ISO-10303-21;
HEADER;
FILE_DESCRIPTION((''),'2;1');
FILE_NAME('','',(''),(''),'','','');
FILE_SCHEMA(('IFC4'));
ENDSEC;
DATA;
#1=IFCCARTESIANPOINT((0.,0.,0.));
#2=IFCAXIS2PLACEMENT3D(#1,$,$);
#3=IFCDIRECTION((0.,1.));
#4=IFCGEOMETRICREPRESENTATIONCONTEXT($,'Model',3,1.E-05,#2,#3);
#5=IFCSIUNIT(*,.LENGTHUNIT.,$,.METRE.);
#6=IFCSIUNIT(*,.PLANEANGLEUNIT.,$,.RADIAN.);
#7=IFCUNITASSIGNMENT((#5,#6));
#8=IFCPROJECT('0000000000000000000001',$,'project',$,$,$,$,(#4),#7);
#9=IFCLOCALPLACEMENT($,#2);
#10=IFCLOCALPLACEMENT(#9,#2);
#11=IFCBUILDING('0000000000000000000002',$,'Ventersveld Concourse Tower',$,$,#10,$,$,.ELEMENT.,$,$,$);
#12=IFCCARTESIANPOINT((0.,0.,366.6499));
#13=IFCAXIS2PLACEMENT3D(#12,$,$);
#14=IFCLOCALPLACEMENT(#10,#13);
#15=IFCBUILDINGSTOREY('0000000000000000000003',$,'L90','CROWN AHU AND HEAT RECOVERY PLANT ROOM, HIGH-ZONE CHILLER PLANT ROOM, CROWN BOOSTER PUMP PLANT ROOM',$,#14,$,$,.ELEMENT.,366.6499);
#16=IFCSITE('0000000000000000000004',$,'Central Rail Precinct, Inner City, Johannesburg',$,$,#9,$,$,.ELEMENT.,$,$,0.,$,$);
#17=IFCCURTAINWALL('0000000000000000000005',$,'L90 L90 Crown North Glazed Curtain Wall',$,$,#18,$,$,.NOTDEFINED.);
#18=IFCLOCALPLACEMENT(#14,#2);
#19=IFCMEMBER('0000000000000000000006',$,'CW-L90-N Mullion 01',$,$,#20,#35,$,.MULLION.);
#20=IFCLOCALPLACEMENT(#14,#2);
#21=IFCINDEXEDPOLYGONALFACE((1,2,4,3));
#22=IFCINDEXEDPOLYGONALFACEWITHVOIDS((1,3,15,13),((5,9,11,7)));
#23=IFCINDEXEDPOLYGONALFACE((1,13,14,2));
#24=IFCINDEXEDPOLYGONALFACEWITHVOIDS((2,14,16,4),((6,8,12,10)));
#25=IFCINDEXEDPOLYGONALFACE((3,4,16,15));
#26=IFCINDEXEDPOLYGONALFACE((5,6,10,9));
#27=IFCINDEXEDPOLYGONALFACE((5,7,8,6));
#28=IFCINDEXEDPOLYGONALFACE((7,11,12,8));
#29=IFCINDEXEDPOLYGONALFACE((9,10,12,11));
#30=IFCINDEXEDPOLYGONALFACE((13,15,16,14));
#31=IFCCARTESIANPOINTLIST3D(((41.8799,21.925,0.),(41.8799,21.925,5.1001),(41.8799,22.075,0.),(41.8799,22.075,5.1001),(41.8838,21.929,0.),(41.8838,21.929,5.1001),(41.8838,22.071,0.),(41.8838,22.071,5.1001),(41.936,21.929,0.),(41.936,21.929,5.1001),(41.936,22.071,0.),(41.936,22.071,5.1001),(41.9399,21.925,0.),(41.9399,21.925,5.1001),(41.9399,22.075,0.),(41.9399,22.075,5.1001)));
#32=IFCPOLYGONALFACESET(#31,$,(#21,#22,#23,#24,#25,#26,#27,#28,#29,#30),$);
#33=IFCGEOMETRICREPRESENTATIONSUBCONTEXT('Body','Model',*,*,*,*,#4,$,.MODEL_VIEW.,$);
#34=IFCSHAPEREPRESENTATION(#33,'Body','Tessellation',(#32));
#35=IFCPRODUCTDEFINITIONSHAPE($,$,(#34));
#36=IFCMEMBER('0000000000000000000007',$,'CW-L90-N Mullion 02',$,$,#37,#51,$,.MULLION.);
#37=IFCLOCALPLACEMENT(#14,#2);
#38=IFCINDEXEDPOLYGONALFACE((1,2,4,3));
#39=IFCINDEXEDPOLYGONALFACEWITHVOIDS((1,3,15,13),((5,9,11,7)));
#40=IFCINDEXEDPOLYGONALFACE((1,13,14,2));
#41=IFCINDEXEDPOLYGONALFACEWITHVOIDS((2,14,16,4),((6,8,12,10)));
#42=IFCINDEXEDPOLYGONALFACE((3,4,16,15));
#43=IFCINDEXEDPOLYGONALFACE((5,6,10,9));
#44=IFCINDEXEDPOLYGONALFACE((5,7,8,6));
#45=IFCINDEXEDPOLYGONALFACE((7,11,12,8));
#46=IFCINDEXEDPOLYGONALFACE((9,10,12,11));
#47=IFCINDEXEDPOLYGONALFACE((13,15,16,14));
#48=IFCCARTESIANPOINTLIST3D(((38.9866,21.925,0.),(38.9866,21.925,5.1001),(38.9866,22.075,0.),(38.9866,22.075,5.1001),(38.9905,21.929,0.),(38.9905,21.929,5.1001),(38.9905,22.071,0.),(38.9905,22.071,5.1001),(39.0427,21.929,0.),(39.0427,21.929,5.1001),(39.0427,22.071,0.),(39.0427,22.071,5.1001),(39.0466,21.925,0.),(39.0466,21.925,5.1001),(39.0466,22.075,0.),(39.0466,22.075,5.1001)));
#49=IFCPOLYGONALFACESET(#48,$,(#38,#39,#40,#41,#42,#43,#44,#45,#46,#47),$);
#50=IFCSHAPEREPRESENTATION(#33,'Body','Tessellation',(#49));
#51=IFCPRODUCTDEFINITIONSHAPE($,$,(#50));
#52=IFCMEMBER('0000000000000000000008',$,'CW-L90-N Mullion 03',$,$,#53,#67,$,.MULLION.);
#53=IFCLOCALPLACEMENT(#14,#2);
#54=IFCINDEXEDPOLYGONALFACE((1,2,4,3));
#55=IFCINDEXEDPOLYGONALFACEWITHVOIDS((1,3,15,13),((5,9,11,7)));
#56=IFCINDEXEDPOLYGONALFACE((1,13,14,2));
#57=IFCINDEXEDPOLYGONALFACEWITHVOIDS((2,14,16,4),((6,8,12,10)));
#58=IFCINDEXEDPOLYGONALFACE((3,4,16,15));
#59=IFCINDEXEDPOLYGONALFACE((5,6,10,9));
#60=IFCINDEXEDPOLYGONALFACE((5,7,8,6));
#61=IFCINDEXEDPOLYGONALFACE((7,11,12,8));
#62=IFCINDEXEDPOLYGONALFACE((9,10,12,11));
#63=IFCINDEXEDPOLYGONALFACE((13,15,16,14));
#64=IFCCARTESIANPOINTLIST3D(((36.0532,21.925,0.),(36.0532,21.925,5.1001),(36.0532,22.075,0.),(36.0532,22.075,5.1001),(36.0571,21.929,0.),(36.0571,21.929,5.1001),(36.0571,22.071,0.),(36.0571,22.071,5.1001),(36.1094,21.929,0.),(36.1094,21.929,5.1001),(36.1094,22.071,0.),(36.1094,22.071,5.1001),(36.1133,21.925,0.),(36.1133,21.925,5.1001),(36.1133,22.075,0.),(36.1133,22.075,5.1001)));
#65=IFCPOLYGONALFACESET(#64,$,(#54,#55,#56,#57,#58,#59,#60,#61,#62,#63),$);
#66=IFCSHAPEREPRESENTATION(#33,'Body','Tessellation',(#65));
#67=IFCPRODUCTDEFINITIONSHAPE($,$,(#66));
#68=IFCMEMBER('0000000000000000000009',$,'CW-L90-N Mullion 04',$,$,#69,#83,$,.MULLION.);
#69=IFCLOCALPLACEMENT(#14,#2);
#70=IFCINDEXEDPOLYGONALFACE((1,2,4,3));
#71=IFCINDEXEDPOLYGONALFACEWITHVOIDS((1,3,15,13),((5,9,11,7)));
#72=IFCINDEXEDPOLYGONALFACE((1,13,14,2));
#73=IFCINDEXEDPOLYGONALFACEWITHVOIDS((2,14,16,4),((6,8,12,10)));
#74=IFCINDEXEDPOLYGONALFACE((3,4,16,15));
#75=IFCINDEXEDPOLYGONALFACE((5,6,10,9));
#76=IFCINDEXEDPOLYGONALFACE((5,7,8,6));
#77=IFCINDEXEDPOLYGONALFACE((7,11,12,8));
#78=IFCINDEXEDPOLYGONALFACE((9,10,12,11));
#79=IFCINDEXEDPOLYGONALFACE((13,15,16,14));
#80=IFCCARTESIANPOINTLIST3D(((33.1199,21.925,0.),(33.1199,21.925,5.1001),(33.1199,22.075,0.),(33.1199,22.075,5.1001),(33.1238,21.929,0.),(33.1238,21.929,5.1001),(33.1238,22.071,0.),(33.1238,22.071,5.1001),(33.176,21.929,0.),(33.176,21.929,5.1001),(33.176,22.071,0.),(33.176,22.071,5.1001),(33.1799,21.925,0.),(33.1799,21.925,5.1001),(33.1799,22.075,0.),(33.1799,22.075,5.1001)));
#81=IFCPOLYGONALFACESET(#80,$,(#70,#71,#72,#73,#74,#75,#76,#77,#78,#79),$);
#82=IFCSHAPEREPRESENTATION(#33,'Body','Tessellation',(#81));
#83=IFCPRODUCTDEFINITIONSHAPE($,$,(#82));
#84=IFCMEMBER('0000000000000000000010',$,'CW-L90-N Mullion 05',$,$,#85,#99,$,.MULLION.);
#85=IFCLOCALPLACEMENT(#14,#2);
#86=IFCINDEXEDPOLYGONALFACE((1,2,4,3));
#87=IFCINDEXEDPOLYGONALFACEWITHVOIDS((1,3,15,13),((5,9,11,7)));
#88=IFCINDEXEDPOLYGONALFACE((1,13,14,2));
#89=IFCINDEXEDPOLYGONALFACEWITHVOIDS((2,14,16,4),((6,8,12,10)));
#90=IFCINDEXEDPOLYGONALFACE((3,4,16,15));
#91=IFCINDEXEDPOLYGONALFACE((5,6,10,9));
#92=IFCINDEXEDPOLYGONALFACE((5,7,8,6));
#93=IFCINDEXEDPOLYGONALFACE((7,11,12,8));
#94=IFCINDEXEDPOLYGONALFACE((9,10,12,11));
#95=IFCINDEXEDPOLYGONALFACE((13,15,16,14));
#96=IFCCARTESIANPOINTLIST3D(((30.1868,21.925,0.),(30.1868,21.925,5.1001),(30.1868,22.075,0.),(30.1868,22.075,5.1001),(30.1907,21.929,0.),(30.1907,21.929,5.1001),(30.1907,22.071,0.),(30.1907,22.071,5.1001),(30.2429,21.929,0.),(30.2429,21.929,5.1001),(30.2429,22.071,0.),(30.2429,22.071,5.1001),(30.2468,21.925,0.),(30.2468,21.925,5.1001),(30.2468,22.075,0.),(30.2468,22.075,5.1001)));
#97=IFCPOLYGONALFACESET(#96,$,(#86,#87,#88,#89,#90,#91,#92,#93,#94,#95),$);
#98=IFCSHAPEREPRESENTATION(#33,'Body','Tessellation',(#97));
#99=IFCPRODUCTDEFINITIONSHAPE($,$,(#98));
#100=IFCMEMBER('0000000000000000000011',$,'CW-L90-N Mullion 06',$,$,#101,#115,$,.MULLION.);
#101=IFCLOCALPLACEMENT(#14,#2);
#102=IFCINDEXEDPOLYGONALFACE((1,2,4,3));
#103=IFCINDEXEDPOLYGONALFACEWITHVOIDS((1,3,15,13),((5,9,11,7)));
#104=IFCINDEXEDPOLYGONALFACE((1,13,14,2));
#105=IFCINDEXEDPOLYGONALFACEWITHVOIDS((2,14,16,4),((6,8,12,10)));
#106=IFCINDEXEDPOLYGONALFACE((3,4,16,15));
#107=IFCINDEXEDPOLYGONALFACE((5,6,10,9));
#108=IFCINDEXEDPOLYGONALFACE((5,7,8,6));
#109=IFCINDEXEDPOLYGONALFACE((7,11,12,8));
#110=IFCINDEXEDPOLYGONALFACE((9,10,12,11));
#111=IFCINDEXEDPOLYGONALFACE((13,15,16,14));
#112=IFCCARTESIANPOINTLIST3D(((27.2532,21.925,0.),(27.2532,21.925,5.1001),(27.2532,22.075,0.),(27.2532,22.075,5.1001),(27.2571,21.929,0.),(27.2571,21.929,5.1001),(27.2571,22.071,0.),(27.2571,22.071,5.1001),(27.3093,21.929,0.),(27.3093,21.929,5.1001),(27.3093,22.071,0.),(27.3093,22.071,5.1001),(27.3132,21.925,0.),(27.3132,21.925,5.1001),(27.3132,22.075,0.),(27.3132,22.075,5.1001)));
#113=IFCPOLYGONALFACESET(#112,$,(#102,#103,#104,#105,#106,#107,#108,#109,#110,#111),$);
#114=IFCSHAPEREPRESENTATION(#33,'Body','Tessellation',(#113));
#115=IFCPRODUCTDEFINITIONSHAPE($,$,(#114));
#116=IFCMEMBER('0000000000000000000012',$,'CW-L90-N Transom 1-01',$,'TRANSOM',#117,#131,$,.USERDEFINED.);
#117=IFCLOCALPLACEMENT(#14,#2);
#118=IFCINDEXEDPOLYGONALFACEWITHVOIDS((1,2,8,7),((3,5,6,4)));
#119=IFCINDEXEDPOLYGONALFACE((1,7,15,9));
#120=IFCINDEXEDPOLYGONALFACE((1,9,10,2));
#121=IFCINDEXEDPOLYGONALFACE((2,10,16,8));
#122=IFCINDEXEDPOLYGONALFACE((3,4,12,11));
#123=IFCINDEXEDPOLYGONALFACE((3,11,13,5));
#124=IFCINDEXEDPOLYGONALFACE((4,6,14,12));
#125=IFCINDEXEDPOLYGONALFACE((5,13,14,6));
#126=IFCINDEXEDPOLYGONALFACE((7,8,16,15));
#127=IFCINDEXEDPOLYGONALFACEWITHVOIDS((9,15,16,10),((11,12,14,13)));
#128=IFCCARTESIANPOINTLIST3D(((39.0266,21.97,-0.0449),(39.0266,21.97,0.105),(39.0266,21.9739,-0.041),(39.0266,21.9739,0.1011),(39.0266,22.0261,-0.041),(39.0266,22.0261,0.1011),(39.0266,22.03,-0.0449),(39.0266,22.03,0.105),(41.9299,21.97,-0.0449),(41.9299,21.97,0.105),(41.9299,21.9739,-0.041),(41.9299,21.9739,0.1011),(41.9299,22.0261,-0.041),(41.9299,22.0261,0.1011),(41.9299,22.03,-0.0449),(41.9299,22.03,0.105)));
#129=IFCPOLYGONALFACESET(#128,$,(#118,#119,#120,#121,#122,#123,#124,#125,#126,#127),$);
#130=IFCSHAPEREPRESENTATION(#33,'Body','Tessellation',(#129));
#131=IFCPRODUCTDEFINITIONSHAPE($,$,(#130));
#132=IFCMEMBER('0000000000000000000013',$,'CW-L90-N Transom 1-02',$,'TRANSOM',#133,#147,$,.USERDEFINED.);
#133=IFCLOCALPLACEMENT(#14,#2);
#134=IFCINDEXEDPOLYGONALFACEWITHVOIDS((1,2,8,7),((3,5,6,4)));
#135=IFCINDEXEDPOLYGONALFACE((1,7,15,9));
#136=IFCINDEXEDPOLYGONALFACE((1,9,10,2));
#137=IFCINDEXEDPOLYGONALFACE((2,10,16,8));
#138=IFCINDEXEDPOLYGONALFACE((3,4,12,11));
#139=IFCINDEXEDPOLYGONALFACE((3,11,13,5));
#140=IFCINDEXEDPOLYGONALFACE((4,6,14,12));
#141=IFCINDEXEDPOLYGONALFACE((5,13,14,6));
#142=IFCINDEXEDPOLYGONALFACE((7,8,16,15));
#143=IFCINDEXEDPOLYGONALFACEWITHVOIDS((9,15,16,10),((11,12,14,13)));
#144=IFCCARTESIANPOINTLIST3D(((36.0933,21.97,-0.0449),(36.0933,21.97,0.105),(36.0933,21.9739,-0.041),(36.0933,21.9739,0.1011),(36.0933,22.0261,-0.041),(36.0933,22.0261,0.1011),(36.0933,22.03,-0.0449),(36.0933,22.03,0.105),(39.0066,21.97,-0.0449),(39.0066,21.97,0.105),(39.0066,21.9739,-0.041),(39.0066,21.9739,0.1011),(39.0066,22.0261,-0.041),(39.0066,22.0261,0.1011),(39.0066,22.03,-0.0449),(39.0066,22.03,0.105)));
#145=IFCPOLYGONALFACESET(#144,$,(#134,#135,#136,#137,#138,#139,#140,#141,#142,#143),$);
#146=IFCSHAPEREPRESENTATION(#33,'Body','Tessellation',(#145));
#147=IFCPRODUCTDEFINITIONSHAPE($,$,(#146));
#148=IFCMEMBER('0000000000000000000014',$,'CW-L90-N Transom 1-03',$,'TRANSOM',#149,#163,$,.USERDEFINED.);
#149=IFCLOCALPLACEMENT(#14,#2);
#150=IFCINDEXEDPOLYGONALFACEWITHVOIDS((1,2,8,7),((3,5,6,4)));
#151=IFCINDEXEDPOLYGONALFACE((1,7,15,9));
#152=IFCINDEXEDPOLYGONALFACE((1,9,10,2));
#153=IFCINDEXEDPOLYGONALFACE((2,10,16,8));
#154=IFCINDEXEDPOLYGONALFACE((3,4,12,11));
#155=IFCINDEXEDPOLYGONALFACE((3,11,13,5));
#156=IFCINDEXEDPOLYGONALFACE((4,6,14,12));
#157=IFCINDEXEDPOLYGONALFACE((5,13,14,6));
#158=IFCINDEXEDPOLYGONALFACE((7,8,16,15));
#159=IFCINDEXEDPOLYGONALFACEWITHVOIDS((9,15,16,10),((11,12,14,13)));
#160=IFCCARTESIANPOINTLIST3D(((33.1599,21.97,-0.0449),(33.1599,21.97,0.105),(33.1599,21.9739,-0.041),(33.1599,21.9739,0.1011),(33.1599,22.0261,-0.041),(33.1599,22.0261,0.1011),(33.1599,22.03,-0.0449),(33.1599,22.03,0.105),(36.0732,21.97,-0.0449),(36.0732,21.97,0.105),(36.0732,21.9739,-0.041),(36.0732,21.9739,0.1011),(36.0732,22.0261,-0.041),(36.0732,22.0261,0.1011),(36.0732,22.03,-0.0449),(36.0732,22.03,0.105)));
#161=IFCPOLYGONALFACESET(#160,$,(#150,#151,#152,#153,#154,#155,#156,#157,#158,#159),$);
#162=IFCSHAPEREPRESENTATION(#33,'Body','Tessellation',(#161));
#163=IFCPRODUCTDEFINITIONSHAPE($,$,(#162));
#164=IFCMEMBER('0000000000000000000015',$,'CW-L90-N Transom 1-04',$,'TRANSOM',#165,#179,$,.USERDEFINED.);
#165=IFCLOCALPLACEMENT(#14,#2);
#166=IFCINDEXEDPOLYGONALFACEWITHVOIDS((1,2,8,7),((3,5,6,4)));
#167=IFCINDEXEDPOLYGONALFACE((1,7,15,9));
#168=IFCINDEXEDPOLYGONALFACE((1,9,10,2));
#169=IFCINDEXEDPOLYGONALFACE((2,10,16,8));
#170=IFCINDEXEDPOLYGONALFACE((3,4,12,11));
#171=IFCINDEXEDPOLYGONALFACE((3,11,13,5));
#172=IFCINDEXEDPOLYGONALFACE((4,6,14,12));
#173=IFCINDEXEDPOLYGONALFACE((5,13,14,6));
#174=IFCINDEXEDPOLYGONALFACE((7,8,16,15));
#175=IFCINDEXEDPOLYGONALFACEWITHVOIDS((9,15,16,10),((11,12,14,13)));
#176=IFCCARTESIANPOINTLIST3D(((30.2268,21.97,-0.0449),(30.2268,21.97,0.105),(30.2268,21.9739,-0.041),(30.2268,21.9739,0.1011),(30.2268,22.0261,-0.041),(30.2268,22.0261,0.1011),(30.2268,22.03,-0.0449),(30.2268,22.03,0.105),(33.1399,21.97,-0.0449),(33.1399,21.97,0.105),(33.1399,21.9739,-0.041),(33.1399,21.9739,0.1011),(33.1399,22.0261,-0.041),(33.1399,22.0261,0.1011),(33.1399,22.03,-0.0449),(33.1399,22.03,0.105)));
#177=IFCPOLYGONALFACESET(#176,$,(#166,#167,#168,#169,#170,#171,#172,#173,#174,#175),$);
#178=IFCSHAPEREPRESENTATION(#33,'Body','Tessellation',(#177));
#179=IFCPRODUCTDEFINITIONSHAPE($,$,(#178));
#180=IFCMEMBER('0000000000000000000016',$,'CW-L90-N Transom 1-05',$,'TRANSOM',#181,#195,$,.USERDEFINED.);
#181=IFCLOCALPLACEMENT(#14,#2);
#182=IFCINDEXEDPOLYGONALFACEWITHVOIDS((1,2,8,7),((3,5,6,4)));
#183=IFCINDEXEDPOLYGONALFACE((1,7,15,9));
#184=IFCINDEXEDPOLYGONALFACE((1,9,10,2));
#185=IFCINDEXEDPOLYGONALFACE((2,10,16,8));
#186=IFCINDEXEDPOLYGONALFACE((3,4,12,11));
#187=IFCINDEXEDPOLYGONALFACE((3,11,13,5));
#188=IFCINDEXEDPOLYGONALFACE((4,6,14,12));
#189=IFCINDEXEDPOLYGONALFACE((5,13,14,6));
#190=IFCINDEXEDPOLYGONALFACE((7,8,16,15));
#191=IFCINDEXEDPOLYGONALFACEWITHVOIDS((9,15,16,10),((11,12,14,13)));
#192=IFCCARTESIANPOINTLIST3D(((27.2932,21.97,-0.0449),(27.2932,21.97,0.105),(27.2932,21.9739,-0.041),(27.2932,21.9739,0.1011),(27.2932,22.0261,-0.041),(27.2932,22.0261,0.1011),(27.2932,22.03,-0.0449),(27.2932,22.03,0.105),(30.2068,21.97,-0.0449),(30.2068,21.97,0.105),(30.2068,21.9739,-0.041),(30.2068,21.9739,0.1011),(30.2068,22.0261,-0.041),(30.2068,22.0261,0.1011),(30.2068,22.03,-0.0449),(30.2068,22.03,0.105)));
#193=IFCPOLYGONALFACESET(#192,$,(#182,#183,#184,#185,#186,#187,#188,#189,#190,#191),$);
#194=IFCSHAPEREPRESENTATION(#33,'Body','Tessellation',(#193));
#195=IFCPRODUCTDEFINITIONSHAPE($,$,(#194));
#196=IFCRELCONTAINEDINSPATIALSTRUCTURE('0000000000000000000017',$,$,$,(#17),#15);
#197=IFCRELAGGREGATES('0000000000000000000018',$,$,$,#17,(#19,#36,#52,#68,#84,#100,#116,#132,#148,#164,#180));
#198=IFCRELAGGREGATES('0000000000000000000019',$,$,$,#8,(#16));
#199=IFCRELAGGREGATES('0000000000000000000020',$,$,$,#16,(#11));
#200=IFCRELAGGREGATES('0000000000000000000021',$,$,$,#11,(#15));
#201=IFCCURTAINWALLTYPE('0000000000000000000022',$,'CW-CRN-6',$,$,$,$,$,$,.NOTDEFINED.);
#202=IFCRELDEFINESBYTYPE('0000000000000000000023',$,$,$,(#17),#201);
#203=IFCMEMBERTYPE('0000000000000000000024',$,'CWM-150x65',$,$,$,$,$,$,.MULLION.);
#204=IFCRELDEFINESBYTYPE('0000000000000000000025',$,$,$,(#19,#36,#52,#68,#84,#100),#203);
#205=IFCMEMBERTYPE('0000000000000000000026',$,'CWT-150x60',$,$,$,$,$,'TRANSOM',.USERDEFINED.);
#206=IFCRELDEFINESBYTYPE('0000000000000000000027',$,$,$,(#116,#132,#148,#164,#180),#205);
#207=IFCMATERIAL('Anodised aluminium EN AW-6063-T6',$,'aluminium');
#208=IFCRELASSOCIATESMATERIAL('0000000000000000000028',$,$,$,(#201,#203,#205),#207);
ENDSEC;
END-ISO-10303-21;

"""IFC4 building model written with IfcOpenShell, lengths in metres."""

from ifc_helpers import new_model, si_unit, direction, frame, origin, origin_2d, place, context, subcontext, project, spatial, hollow_rectangle, extrude, material, material_profile, profile_set, type_object, element, aggregate, save


model = new_model("IFC4")

# Units and contexts
model_context = context("Model", 3, precision=1e-05, world=origin(), true_north=direction((0.0, 1.0)))
body_context = subcontext(model_context, "Body", "Model", "MODEL_VIEW")
ifc_project = project(units=[si_unit("LENGTHUNIT", "METRE"), si_unit("PLANEANGLEUNIT", "RADIAN")], contexts=[model_context])

# Site, building, storey
site_placement = place(None, origin())
site = spatial("IfcSite", under=ifc_project, at=site_placement, Name="Central Rail Precinct, Inner City, Johannesburg", CompositionType="ELEMENT", RefElevation=0.0)
building_placement = place(site_placement, origin())
building = spatial("IfcBuilding", under=site, at=building_placement, Name="Ventersveld Concourse Tower", CompositionType="ELEMENT")
storey_placement = place(building_placement, frame((0.0, 0.0, 366.6499)))
storey = spatial("IfcBuildingStorey", under=building, at=storey_placement, Name="L90", Description="CROWN AHU AND HEAT RECOVERY PLANT ROOM, HIGH-ZONE CHILLER PLANT ROOM, CROWN BOOSTER PUMP PLANT ROOM", CompositionType="ELEMENT", Elevation=366.6499)

# Curtain wall, members
ifc_material_1 = material(Name="Anodised aluminium EN AW-6063-T6", Category="aluminium")
curtain_wall_type = type_object("IfcCurtainWallType", Name="CW-CRN-6", PredefinedType="NOTDEFINED", material=ifc_material_1)
curtain_wall_placement = place(storey_placement, origin())
curtain_wall = element("IfcCurtainWall", 1, at=curtain_wall_placement, inside=storey, type_object=curtain_wall_type, Name="L90 L90 Crown North Glazed Curtain Wall", PredefinedType="NOTDEFINED")
ifc_material_profile_1 = material_profile(ifc_material_1, hollow_rectangle(XDim=0.0601, YDim=0.1499, WallThickness=0.0039, at=origin_2d()), Name="ALU 150x60x4")
ifc_profile_set_1 = profile_set([ifc_material_profile_1], Name="Anodised aluminium EN AW-6063-T6")
member_type_1 = type_object("IfcMemberType", Name="CWM-150x65", PredefinedType="MULLION", material=ifc_profile_set_1)
member_1_placement = place(storey_placement, frame((41.9099, 22.0, 0.0), z_axis=(0.0, 0.0, 1.0), x_axis=(1.0, 0.0, 0.0)))
member_1 = element("IfcMember", 2, at=member_1_placement, type_object=member_type_1, Name="CW-L90-N Mullion 01", PredefinedType="MULLION", context=body_context, shape_type="SweptSolid", body=[
    extrude(hollow_rectangle(XDim=0.0601, YDim=0.1499, WallThickness=0.0039, at=origin_2d()), origin(), (0.0, 0.0, 1.0), 5.1001),
])
member_2_placement = place(storey_placement, frame((39.0166, 22.0, 0.0), z_axis=(0.0, 0.0, 1.0), x_axis=(1.0, 0.0, 0.0)))
member_2 = element("IfcMember", 3, at=member_2_placement, type_object=member_type_1, Name="CW-L90-N Mullion 02", PredefinedType="MULLION", context=body_context, shape_type="SweptSolid", body=[
    extrude(hollow_rectangle(XDim=0.0601, YDim=0.1499, WallThickness=0.0039, at=origin_2d()), origin(), (0.0, 0.0, 1.0), 5.1001),
])
member_3_placement = place(storey_placement, frame((36.0833, 22.0, 0.0), z_axis=(0.0, 0.0, 1.0), x_axis=(1.0, 0.0, 0.0)))
member_3 = element("IfcMember", 4, at=member_3_placement, type_object=member_type_1, Name="CW-L90-N Mullion 03", PredefinedType="MULLION", context=body_context, shape_type="SweptSolid", body=[
    extrude(hollow_rectangle(XDim=0.0601, YDim=0.1499, WallThickness=0.0039, at=origin_2d()), origin(), (0.0, 0.0, 1.0), 5.1001),
])
member_4_placement = place(storey_placement, frame((33.1499, 22.0, 0.0), z_axis=(0.0, 0.0, 1.0), x_axis=(1.0, 0.0, 0.0)))
member_4 = element("IfcMember", 5, at=member_4_placement, type_object=member_type_1, Name="CW-L90-N Mullion 04", PredefinedType="MULLION", context=body_context, shape_type="SweptSolid", body=[
    extrude(hollow_rectangle(XDim=0.0601, YDim=0.1499, WallThickness=0.0039, at=origin_2d()), origin(), (0.0, 0.0, 1.0), 5.1001),
])
member_5_placement = place(storey_placement, frame((30.2168, 22.0, 0.0), z_axis=(0.0, 0.0, 1.0), x_axis=(1.0, 0.0, 0.0)))
member_5 = element("IfcMember", 6, at=member_5_placement, type_object=member_type_1, Name="CW-L90-N Mullion 05", PredefinedType="MULLION", context=body_context, shape_type="SweptSolid", body=[
    extrude(hollow_rectangle(XDim=0.0601, YDim=0.1499, WallThickness=0.0039, at=origin_2d()), origin(), (0.0, 0.0, 1.0), 5.1001),
])
member_6_placement = place(storey_placement, frame((27.2832, 22.0, 0.0), z_axis=(0.0, 0.0, 1.0), x_axis=(1.0, 0.0, 0.0)))
member_6 = element("IfcMember", 7, at=member_6_placement, type_object=member_type_1, Name="CW-L90-N Mullion 06", PredefinedType="MULLION", context=body_context, shape_type="SweptSolid", body=[
    extrude(hollow_rectangle(XDim=0.0601, YDim=0.1499, WallThickness=0.0039, at=origin_2d()), origin(), (0.0, 0.0, 1.0), 5.1001),
])
ifc_material_profile_2 = material_profile(ifc_material_1, hollow_rectangle(XDim=0.0601, YDim=0.1499, WallThickness=0.0039, at=origin_2d()), Name="ALU 150x60x4")
ifc_profile_set_2 = profile_set([ifc_material_profile_2], Name="Anodised aluminium EN AW-6063-T6")
member_type_2 = type_object("IfcMemberType", Name="CWT-150x60", ElementType="TRANSOM", PredefinedType="USERDEFINED", material=ifc_profile_set_2)
member_7_placement = place(storey_placement, frame((41.9299, 22.0, 0.03), z_axis=(-1.0, 0.0, 0.0), x_axis=(0.0, -1.0, 0.0)))
member_7 = element("IfcMember", 8, at=member_7_placement, type_object=member_type_2, Name="CW-L90-N Transom 1-01", ObjectType="TRANSOM", PredefinedType="USERDEFINED", context=body_context, shape_type="SweptSolid", body=[
    extrude(hollow_rectangle(XDim=0.0601, YDim=0.1499, WallThickness=0.0039, at=origin_2d()), origin(), (0.0, 0.0, 1.0), 2.9033),
])
member_8_placement = place(storey_placement, frame((39.0066, 22.0, 0.03), z_axis=(-1.0, 0.0, 0.0), x_axis=(0.0, -1.0, 0.0)))
member_8 = element("IfcMember", 9, at=member_8_placement, type_object=member_type_2, Name="CW-L90-N Transom 1-02", ObjectType="TRANSOM", PredefinedType="USERDEFINED", context=body_context, shape_type="SweptSolid", body=[
    extrude(hollow_rectangle(XDim=0.0601, YDim=0.1499, WallThickness=0.0039, at=origin_2d()), origin(), (0.0, 0.0, 1.0), 2.9133),
])
member_9_placement = place(storey_placement, frame((36.0732, 22.0, 0.03), z_axis=(-1.0, 0.0, 0.0), x_axis=(0.0, -1.0, 0.0)))
member_9 = element("IfcMember", 10, at=member_9_placement, type_object=member_type_2, Name="CW-L90-N Transom 1-03", ObjectType="TRANSOM", PredefinedType="USERDEFINED", context=body_context, shape_type="SweptSolid", body=[
    extrude(hollow_rectangle(XDim=0.0601, YDim=0.1499, WallThickness=0.0039, at=origin_2d()), origin(), (0.0, 0.0, 1.0), 2.9133),
])
member_10_placement = place(storey_placement, frame((33.1399, 22.0, 0.03), z_axis=(-1.0, 0.0, 0.0), x_axis=(0.0, -1.0, 0.0)))
member_10 = element("IfcMember", 11, at=member_10_placement, type_object=member_type_2, Name="CW-L90-N Transom 1-04", ObjectType="TRANSOM", PredefinedType="USERDEFINED", context=body_context, shape_type="SweptSolid", body=[
    extrude(hollow_rectangle(XDim=0.0601, YDim=0.1499, WallThickness=0.0039, at=origin_2d()), origin(), (0.0, 0.0, 1.0), 2.9131),
])
member_11_placement = place(storey_placement, frame((30.2068, 22.0, 0.03), z_axis=(-1.0, 0.0, 0.0), x_axis=(0.0, -1.0, 0.0)))
member_11 = element("IfcMember", 12, at=member_11_placement, type_object=member_type_2, Name="CW-L90-N Transom 1-05", ObjectType="TRANSOM", PredefinedType="USERDEFINED", context=body_context, shape_type="SweptSolid", body=[
    extrude(hollow_rectangle(XDim=0.0601, YDim=0.1499, WallThickness=0.0039, at=origin_2d()), origin(), (0.0, 0.0, 1.0), 2.9136),
])
aggregate(curtain_wall, [member_1, member_2, member_3, member_4, member_5, member_6, member_7, member_8, member_9, member_10, member_11])

save(model, "model.ifc")
